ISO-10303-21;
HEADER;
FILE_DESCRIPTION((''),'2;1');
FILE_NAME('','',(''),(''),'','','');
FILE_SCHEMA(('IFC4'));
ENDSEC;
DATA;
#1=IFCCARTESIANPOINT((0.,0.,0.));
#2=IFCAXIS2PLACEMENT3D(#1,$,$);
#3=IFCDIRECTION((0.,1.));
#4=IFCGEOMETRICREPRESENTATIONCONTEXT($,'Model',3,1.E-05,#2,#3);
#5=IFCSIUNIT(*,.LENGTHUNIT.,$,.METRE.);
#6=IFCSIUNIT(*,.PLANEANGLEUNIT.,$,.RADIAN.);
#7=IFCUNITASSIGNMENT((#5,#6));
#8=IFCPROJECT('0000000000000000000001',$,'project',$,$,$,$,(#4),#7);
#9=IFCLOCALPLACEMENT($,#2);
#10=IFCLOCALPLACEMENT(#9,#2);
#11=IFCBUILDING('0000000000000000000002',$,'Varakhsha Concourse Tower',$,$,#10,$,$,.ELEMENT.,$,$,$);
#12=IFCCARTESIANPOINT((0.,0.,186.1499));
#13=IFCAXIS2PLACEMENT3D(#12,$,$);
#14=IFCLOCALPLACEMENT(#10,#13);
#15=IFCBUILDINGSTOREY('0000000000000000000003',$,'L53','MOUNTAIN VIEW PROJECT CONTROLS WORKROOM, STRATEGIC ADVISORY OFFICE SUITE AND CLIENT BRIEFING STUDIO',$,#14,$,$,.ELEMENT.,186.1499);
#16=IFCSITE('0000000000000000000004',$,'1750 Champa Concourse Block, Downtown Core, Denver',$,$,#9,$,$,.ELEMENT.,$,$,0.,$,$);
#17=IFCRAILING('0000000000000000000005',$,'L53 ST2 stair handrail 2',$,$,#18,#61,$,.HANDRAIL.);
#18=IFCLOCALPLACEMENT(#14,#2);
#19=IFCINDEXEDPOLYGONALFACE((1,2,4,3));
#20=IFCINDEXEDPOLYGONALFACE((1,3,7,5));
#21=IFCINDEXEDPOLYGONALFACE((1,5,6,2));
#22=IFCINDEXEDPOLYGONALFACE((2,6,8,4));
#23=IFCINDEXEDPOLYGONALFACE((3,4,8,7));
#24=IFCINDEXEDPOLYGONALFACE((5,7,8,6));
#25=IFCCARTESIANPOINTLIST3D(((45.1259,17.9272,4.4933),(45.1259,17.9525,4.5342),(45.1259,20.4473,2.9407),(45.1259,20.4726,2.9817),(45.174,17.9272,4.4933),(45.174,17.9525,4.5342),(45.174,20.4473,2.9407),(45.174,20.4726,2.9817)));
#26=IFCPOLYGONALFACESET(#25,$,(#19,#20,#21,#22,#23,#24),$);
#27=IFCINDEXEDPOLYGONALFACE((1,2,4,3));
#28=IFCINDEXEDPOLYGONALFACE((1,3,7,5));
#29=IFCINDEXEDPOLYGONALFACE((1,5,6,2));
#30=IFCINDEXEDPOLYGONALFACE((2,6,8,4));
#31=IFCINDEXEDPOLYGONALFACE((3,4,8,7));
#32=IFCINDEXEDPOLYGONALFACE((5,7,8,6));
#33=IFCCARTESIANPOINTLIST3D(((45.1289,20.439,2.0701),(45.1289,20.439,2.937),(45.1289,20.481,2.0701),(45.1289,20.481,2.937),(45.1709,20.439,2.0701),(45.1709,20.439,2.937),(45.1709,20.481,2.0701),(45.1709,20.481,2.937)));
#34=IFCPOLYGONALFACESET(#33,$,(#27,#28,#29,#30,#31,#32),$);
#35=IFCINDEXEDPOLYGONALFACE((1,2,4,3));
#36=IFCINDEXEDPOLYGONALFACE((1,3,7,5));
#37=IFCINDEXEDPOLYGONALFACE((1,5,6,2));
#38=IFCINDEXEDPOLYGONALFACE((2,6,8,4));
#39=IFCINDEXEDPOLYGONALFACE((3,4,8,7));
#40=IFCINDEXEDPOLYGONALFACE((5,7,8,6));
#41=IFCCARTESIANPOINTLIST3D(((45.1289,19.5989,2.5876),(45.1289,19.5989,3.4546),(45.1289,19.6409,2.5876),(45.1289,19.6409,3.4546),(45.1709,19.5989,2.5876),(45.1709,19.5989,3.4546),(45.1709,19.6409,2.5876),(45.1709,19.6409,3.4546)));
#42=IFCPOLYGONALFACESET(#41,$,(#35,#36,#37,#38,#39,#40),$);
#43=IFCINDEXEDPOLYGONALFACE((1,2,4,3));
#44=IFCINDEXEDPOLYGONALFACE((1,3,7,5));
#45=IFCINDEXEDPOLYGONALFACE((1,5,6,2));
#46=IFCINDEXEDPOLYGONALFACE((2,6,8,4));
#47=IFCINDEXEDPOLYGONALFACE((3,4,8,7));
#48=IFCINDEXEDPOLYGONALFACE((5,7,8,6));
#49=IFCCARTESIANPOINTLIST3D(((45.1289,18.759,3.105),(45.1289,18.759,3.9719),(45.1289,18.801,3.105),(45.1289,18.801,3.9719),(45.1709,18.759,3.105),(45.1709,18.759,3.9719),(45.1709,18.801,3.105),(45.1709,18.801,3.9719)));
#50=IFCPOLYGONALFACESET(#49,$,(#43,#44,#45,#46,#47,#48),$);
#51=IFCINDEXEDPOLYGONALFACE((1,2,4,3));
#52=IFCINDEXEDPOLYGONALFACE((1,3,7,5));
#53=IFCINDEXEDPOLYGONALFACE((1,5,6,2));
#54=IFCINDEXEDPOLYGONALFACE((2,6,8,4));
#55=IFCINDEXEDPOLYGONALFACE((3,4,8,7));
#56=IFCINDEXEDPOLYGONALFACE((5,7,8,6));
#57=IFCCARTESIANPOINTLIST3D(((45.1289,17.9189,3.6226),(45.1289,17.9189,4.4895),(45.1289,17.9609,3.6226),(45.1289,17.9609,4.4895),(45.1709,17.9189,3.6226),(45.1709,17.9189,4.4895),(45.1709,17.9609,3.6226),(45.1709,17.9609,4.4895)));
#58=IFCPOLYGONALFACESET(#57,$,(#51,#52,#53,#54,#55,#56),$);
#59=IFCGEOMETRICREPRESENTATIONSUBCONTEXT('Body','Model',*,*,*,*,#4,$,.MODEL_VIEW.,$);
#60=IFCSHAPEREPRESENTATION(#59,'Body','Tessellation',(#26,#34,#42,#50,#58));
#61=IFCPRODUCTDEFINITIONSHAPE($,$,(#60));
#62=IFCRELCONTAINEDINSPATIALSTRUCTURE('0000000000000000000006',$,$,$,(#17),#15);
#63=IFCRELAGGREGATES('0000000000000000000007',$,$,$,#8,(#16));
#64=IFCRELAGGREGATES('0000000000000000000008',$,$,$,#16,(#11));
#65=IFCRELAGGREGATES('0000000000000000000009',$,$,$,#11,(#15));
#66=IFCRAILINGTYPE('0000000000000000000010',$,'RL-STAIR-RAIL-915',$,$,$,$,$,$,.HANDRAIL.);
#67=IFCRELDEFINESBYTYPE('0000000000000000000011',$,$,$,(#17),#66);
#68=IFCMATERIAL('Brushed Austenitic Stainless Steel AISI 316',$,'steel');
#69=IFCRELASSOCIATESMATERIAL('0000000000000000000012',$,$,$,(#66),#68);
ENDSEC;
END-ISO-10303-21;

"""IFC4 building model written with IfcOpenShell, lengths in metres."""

from ifc_helpers import new_model, si_unit, direction, frame, origin, origin_2d, place, context, subcontext, project, spatial, rectangle, extrude, material, type_object, element, save


model = new_model("IFC4")

# Units and contexts
model_context = context("Model", 3, precision=1e-05, world=origin(), true_north=direction((0.0, 1.0)))
body_context = subcontext(model_context, "Body", "Model", "MODEL_VIEW")
ifc_project = project(units=[si_unit("LENGTHUNIT", "METRE"), si_unit("PLANEANGLEUNIT", "RADIAN")], contexts=[model_context])

# Site, building, storey
site_placement = place(None, origin())
site = spatial("IfcSite", under=ifc_project, at=site_placement, Name="1750 Champa Concourse Block, Downtown Core, Denver", CompositionType="ELEMENT", RefElevation=0.0)
building_placement = place(site_placement, origin())
building = spatial("IfcBuilding", under=site, at=building_placement, Name="Varakhsha Concourse Tower", CompositionType="ELEMENT")
storey_placement = place(building_placement, frame((0.0, 0.0, 186.1499)))
storey = spatial("IfcBuildingStorey", under=building, at=storey_placement, Name="L53", Description="MOUNTAIN VIEW PROJECT CONTROLS WORKROOM, STRATEGIC ADVISORY OFFICE SUITE AND CLIENT BRIEFING STUDIO", CompositionType="ELEMENT", Elevation=186.1499)

# Railing
ifc_material_1 = material(Name="Brushed Austenitic Stainless Steel AISI 316", Category="steel")
railing_type_1 = type_object("IfcRailingType", Name="RL-STAIR-RAIL-915", PredefinedType="HANDRAIL", material=ifc_material_1)
railing_1_placement = place(storey_placement, frame((45.1499, 20.46, 2.0701)))
element("IfcRailing", 1, at=railing_1_placement, inside=storey, type_object=railing_type_1, Name="L53 ST2 stair handrail 2", PredefinedType="HANDRAIL", context=body_context, shape_type="SweptSolid", body=[
    extrude(rectangle(XDim=0.0481, YDim=0.0481, at=origin_2d()), frame((0.0, 0.0, 0.8911), z_axis=(0.0, -0.8514, 0.524516), x_axis=(1.0, 0.0, 0.0)), (0.0, 0.0, 1.0), 2.96),
    extrude(rectangle(XDim=0.042, YDim=0.042, at=origin_2d()), origin(), (0.0, 0.0, 1.0), 0.8669),
    extrude(rectangle(XDim=0.042, YDim=0.042, at=origin_2d()), frame((0.0, -0.8401, 0.5176)), (0.0, 0.0, 1.0), 0.8669),
    extrude(rectangle(XDim=0.042, YDim=0.042, at=origin_2d()), frame((0.0, -1.6799, 1.0349)), (0.0, 0.0, 1.0), 0.8669),
    extrude(rectangle(XDim=0.042, YDim=0.042, at=origin_2d()), frame((0.0, -2.52, 1.5525)), (0.0, 0.0, 1.0), 0.8669),
])

save(model, "model.ifc")
